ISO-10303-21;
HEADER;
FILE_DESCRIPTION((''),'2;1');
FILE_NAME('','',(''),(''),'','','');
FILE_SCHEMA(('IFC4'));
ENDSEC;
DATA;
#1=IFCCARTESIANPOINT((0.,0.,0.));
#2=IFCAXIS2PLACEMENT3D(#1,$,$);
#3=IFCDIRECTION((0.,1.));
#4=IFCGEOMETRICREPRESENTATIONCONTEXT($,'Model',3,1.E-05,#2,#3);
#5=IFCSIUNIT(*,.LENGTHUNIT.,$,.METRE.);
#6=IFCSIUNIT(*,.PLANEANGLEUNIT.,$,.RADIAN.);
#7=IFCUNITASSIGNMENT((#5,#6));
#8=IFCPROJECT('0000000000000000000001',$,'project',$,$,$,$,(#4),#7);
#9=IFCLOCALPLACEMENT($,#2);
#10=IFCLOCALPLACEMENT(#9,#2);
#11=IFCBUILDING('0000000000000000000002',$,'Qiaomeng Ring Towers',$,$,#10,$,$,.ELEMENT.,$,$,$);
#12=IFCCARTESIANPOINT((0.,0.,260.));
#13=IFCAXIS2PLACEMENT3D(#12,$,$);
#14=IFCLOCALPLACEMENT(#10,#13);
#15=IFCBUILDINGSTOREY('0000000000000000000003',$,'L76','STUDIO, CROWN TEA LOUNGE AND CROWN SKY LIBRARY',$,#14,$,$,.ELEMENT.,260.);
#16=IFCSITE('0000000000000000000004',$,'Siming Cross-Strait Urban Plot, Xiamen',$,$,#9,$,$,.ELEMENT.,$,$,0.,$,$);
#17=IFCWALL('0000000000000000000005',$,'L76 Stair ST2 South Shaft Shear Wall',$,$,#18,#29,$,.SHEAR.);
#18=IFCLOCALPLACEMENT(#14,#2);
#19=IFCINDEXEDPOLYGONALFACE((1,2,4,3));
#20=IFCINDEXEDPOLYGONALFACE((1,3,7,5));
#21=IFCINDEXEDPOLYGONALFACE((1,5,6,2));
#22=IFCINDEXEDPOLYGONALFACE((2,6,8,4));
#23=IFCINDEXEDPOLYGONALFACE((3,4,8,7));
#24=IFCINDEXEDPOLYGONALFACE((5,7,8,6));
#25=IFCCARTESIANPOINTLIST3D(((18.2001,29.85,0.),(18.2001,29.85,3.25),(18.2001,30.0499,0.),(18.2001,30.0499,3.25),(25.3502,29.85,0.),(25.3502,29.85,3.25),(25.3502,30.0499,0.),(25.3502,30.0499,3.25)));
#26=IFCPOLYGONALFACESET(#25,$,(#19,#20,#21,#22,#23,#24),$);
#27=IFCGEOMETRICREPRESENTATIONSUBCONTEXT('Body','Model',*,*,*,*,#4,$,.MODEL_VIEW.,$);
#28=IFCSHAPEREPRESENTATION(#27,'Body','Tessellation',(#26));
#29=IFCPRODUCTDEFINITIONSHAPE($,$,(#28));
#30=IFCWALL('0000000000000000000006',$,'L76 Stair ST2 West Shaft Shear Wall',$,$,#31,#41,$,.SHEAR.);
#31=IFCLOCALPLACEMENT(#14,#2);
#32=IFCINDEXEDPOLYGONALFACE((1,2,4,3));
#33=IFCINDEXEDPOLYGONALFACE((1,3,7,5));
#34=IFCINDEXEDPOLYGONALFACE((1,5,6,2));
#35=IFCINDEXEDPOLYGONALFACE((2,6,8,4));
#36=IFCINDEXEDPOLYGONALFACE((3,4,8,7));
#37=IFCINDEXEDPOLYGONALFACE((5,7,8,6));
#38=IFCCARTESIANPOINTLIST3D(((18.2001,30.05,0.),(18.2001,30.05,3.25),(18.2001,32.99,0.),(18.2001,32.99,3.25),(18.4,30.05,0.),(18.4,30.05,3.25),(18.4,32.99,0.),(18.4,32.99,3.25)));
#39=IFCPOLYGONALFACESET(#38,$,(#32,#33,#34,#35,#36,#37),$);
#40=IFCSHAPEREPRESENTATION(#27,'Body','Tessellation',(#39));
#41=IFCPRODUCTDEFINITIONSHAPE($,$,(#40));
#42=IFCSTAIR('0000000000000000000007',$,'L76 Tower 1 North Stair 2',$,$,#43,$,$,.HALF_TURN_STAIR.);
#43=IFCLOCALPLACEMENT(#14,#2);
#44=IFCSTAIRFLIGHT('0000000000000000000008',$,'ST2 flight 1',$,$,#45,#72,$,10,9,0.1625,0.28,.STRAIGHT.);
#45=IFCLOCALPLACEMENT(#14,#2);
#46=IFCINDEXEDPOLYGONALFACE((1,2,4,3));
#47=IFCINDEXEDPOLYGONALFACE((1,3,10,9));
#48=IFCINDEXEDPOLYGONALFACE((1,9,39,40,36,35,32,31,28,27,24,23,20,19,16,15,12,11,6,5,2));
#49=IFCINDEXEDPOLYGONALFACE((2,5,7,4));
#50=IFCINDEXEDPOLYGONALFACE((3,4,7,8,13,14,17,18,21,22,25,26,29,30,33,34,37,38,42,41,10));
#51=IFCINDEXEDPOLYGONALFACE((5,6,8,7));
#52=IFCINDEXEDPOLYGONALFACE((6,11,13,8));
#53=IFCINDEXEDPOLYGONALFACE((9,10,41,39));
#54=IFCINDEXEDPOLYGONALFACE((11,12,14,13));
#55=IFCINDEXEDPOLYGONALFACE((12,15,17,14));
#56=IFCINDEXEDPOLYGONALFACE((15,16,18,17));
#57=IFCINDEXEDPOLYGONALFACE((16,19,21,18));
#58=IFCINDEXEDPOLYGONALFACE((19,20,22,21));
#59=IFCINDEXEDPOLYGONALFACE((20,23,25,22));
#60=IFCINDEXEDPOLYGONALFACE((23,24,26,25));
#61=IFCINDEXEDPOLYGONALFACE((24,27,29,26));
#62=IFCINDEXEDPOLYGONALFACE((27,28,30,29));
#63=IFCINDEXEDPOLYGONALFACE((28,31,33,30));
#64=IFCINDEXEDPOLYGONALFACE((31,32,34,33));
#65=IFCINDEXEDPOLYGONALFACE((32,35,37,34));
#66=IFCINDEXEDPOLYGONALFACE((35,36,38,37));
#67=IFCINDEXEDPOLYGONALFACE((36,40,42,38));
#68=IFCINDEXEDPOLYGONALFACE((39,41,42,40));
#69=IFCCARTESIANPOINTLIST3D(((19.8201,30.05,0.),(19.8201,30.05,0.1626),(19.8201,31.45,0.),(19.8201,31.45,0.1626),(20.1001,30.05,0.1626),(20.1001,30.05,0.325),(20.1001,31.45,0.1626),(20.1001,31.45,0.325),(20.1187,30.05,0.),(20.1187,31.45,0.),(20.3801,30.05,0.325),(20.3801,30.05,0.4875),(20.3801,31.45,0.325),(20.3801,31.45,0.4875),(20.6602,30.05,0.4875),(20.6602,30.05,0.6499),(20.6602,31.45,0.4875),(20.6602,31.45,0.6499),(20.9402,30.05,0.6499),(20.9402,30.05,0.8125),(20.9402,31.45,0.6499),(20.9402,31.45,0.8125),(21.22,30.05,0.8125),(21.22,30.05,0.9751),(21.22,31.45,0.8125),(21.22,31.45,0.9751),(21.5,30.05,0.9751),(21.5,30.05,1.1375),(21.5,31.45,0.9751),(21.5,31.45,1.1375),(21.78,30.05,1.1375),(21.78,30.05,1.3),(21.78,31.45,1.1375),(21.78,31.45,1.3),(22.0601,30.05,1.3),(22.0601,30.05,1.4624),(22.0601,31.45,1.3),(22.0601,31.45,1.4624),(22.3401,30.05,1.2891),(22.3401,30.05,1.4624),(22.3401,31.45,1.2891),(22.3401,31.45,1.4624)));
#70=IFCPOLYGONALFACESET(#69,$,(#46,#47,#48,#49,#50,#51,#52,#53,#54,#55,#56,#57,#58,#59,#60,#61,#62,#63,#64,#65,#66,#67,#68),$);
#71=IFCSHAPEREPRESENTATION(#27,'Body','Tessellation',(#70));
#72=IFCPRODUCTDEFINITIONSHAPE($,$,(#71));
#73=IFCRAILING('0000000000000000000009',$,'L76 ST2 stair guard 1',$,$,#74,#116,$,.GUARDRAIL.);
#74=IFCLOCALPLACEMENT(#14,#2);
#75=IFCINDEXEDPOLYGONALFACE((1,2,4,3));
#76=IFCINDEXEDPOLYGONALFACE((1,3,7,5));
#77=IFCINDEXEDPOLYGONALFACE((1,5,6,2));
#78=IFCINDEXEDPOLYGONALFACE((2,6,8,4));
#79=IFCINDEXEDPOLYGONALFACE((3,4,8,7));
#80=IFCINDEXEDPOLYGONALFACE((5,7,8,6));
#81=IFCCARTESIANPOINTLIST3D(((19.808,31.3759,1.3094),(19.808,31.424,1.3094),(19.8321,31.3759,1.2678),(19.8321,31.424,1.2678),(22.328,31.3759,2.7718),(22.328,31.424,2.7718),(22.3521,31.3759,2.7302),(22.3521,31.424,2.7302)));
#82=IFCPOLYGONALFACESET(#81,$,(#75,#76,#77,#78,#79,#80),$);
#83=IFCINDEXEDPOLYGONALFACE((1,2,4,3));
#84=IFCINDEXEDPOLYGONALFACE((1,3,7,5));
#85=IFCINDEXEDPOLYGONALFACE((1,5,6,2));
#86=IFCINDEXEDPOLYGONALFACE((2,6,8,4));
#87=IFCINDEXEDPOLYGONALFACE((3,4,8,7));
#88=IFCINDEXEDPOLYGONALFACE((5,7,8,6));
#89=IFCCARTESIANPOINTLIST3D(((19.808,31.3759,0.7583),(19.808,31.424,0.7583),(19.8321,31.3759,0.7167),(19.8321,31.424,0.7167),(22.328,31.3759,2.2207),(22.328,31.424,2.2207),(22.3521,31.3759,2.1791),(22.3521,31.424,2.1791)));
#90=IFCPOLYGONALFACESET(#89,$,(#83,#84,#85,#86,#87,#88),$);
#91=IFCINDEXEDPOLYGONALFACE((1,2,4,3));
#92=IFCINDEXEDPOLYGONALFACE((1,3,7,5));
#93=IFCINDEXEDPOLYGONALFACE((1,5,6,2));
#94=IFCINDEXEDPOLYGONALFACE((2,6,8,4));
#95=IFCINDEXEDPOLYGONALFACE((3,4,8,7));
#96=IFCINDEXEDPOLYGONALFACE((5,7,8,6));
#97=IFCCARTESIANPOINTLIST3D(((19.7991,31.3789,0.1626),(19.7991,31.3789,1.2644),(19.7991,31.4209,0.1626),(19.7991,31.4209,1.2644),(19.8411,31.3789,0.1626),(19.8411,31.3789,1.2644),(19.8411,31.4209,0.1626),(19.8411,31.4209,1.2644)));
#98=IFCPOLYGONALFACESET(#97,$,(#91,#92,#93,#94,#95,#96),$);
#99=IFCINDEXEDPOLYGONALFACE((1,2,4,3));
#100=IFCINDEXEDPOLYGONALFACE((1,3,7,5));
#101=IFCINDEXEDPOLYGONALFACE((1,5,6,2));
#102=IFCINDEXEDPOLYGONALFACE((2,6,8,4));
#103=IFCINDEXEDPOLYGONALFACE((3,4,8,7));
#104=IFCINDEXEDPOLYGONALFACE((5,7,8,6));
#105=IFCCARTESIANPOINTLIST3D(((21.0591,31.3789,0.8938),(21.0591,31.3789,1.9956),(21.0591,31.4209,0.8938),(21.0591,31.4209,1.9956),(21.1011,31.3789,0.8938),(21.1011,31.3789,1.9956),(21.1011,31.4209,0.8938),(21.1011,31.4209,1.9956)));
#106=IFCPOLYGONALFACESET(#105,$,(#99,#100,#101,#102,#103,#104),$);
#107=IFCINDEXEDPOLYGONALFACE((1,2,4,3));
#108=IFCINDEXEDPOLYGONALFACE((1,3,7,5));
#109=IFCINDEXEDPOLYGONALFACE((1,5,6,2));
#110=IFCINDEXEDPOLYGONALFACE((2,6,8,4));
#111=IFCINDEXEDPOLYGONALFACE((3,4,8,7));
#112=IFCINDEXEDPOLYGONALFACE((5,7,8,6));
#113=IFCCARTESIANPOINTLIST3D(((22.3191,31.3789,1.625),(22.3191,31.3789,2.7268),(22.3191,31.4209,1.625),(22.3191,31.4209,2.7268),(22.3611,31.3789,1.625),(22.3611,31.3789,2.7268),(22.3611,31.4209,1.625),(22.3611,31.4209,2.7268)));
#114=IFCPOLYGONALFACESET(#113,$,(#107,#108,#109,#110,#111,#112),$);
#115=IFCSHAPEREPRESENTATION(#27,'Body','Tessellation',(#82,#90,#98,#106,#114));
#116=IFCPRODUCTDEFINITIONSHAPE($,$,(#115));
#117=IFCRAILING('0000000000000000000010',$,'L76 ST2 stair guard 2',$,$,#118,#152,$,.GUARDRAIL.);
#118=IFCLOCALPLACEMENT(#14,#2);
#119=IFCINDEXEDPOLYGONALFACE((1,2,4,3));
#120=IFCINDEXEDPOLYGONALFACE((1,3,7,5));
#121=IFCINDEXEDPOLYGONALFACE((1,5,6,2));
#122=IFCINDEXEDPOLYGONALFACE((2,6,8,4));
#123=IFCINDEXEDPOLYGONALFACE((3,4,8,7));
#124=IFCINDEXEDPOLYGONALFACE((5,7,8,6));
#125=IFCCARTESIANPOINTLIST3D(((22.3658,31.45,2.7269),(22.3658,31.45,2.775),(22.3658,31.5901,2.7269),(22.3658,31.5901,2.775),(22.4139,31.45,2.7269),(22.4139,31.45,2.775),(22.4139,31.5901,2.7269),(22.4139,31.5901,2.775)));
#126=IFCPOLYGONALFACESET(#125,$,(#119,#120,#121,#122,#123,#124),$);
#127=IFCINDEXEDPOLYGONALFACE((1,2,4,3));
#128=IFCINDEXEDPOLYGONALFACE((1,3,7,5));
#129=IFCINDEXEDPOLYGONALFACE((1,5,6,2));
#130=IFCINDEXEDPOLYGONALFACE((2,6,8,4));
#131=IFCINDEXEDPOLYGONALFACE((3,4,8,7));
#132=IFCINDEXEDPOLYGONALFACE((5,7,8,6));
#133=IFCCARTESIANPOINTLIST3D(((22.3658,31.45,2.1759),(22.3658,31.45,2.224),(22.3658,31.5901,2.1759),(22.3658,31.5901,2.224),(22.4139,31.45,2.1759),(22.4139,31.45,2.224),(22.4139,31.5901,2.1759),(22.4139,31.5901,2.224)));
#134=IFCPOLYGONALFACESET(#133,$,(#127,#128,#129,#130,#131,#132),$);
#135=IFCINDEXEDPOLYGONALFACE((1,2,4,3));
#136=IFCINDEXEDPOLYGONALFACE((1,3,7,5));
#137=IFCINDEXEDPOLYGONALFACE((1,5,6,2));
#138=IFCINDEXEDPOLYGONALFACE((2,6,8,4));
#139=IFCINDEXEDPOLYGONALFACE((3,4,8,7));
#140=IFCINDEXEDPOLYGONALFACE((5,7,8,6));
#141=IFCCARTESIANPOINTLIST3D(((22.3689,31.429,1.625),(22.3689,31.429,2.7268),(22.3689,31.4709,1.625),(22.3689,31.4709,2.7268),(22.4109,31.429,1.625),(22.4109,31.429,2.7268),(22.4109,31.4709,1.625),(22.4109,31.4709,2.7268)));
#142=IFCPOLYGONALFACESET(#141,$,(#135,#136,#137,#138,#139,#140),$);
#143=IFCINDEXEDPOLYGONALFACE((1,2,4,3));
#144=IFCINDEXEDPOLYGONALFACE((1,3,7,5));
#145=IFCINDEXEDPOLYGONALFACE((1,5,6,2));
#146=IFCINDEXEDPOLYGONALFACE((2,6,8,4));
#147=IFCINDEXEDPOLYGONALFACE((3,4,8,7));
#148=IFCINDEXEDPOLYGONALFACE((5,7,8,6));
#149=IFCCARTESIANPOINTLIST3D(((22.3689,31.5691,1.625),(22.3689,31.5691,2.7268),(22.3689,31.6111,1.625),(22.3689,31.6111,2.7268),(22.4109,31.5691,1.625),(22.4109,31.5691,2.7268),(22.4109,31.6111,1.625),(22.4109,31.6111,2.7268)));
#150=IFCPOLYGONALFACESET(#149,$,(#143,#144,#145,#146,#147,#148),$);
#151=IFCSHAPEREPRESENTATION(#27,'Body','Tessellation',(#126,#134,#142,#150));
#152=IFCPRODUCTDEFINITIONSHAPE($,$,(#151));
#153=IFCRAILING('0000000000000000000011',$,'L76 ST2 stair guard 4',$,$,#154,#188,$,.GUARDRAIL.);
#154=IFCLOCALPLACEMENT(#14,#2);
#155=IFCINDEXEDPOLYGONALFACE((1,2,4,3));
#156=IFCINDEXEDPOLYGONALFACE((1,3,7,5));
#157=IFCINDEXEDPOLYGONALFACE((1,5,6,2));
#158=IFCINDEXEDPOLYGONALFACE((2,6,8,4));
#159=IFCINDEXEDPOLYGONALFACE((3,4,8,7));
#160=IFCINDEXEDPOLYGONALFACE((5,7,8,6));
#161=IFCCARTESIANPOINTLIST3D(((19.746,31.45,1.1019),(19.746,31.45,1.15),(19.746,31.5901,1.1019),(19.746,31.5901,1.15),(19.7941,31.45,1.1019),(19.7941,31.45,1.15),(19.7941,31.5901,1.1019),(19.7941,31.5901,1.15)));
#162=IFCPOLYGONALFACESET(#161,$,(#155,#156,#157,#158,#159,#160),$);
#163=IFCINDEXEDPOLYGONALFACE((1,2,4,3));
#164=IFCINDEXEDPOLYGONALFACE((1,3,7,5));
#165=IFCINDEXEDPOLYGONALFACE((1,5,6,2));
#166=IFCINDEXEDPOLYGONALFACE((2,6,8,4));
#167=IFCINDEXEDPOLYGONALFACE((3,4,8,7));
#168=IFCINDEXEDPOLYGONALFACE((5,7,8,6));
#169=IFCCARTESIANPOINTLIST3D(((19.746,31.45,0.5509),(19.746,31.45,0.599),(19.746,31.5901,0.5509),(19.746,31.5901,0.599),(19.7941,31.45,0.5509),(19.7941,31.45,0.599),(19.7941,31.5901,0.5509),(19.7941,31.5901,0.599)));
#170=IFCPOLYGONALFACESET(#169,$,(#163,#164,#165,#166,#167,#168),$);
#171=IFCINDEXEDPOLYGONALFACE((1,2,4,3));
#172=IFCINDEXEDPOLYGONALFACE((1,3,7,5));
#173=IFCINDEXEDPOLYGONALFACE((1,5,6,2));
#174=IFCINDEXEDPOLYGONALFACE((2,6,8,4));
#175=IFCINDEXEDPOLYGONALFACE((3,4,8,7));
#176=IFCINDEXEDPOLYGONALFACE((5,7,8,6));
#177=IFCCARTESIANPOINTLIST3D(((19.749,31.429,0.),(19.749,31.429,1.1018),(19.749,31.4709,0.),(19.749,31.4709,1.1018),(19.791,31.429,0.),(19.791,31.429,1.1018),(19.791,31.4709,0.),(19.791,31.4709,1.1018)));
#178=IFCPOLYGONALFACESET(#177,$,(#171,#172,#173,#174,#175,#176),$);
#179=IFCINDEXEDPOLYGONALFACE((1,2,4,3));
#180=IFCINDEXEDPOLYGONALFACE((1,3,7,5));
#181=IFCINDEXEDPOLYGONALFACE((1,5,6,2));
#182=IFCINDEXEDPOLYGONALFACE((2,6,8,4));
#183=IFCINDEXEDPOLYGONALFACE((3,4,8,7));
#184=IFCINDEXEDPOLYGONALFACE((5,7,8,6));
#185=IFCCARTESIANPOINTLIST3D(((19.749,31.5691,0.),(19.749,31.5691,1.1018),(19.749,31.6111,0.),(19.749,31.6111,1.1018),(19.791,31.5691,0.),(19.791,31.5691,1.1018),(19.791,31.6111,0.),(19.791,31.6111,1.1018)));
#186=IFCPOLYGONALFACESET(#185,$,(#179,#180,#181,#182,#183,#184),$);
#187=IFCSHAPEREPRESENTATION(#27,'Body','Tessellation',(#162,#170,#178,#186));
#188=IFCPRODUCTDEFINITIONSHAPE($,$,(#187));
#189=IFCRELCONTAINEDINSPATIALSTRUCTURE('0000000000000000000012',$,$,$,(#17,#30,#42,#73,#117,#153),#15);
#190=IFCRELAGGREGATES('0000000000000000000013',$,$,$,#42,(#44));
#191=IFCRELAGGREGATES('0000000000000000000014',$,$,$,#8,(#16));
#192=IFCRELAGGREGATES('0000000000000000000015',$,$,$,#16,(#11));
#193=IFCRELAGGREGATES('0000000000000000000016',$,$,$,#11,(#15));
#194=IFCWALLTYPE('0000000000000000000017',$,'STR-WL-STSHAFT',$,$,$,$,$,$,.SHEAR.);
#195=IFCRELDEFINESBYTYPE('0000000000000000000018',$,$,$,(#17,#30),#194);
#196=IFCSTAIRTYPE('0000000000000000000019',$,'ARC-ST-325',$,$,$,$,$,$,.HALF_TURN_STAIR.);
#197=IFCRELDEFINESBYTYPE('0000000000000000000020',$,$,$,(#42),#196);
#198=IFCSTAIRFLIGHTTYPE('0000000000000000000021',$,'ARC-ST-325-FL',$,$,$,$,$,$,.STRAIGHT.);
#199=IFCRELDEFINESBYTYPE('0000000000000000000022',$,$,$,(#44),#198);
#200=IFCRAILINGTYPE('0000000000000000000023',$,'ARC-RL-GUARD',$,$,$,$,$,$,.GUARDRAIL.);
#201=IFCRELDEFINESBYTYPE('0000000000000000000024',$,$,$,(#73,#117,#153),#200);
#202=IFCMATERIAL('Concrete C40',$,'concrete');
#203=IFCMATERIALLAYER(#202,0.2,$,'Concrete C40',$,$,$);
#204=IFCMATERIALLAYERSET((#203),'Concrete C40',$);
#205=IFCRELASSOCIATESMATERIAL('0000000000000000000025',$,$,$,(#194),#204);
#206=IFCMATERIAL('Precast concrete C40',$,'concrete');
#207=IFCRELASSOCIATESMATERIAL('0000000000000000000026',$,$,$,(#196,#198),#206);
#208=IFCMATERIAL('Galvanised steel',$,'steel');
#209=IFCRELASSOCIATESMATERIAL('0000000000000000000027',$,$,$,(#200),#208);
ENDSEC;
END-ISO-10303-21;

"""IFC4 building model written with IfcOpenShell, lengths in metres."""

from ifc_helpers import new_model, si_unit, direction, frame, frame_2d, origin, origin_2d, place, context, subcontext, project, spatial, polyline, rectangle, outline, extrude, source, transform, mapped, material, layer, layer_set, type_object, element, aggregate, save


model = new_model("IFC4")

# Units and contexts
model_context = context("Model", 3, precision=1e-05, world=origin(), true_north=direction((0.0, 1.0)))
body_context = subcontext(model_context, "Body", "Model", "MODEL_VIEW")
ifc_project = project(units=[si_unit("LENGTHUNIT", "METRE"), si_unit("PLANEANGLEUNIT", "RADIAN")], contexts=[model_context])

# Site, building, storey
site_placement = place(None, origin())
site = spatial("IfcSite", under=ifc_project, at=site_placement, Name="Siming Cross-Strait Urban Plot, Xiamen", CompositionType="ELEMENT", RefElevation=0.0)
building_placement = place(site_placement, origin())
building = spatial("IfcBuilding", under=site, at=building_placement, Name="Qiaomeng Ring Towers", CompositionType="ELEMENT")
storey_placement = place(building_placement, frame((0.0, 0.0, 260.0)))
storey = spatial("IfcBuildingStorey", under=building, at=storey_placement, Name="L76", Description="STUDIO, CROWN TEA LOUNGE AND CROWN SKY LIBRARY", CompositionType="ELEMENT", Elevation=260.0)

# Walls
ifc_material_1 = material(Name="Concrete C40", Category="concrete")
ifc_layer_1 = layer(ifc_material_1, 0.2, Name="Concrete C40")
ifc_layer_set_1 = layer_set([ifc_layer_1], Name="Concrete C40")
wall_type = type_object("IfcWallType", Name="STR-WL-STSHAFT", PredefinedType="SHEAR", material=ifc_layer_set_1)
wall_1_placement = place(storey_placement, frame((18.2, 29.95, 0.0), z_axis=(0.0, 0.0, 1.0), x_axis=(1.0, 0.0, 0.0)))
element("IfcWall", 1, at=wall_1_placement, inside=storey, type_object=wall_type, Name="L76 Stair ST2 South Shaft Shear Wall", PredefinedType="SHEAR", context=body_context, shape_type="SweptSolid", body=[
    extrude(rectangle(XDim=7.1501, YDim=0.2, at=frame_2d((3.5752, 0.0))), origin(), (0.0, 0.0, 1.0), 3.25),
])
wall_2_placement = place(storey_placement, frame((18.3, 30.05, 0.0), z_axis=(0.0, 0.0, 1.0), x_axis=(0.0, 1.0, 0.0)))
element("IfcWall", 2, at=wall_2_placement, inside=storey, type_object=wall_type, Name="L76 Stair ST2 West Shaft Shear Wall", PredefinedType="SHEAR", context=body_context, shape_type="SweptSolid", body=[
    extrude(rectangle(XDim=2.9399, YDim=0.2, at=frame_2d((1.47, 0.0))), origin(), (0.0, 0.0, 1.0), 3.25),
])

# Stair, stair flight
ifc_material_2 = material(Name="Precast concrete C40", Category="concrete")
stair_type = type_object("IfcStairType", Name="ARC-ST-325", PredefinedType="HALF_TURN_STAIR", material=ifc_material_2)
stair_placement = place(storey_placement, origin())
stair = element("IfcStair", 3, at=stair_placement, inside=storey, type_object=stair_type, Name="L76 Tower 1 North Stair 2", PredefinedType="HALF_TURN_STAIR")
stair_flight_type = type_object("IfcStairFlightType", Name="ARC-ST-325-FL", PredefinedType="STRAIGHT", material=ifc_material_2)
shared_shape_1 = source(origin(), body_context, "Body", "SweptSolid", [
    extrude(outline(polyline([(0.0, 0.0), (0.0, 0.1626), (0.28, 0.1626), (0.28, 0.325), (0.5601, 0.325), (0.5601, 0.4875), (0.8401, 0.4875), (0.8401, 0.6499), (1.1201, 0.6499), (1.1201, 0.8125), (1.3999, 0.8125), (1.3999, 0.9751), (1.6799, 0.9751), (1.6799, 1.1375), (1.96, 1.1375), (1.96, 1.3), (2.24, 1.3), (2.24, 1.4624), (2.52, 1.4624), (2.52, 1.625), (2.52, 1.2891), (0.2986, 0.0), (0.0, 0.0)])), frame((0.0, 0.7, 0.0), z_axis=(0.0, -1.0, 0.0), x_axis=(1.0, 0.0, 0.0)), (0.0, 0.0, 1.0), 1.3999),
])
stair_flight_placement = place(storey_placement, frame((19.8201, 30.75, 0.0), z_axis=(0.0, 0.0, 1.0), x_axis=(1.0, 0.0, 0.0)))
stair_flight = element("IfcStairFlight", 4, at=stair_flight_placement, type_object=stair_flight_type, Name="ST2 flight 1", NumberOfRisers=10, NumberOfTreads=9, PredefinedType="STRAIGHT", RiserHeight=0.1625, TreadLength=0.28, context=body_context, shape_type="MappedRepresentation", body=[
    mapped(shared_shape_1, transform((0.0, 0.0, 0.0), x_axis=(1.0, 0.0, 0.0), y_axis=(0.0, 1.0, 0.0), z_axis=(0.0, 0.0, 1.0), scale=1.0)),
])
aggregate(stair, [stair_flight])

# Railings
ifc_material_3 = material(Name="Galvanised steel", Category="steel")
railing_type_1 = type_object("IfcRailingType", Name="ARC-RL-GUARD", PredefinedType="GUARDRAIL", material=ifc_material_3)
railing_1_placement = place(storey_placement, frame((19.8201, 31.3999, 0.1626)))
element("IfcRailing", 5, at=railing_1_placement, inside=storey, type_object=railing_type_1, Name="L76 ST2 stair guard 1", PredefinedType="GUARDRAIL", context=body_context, shape_type="SweptSolid", body=[
    extrude(rectangle(XDim=0.0481, YDim=0.0481, at=origin_2d()), frame((0.0, 0.0, 1.126), z_axis=(0.864913, 0.0, 0.501921), x_axis=(0.0, 1.0, 0.0)), (0.0, 0.0, 1.0), 2.9136),
    extrude(rectangle(XDim=0.0481, YDim=0.0481, at=origin_2d()), frame((0.0, 0.0, 0.575), z_axis=(0.864913, 0.0, 0.501921), x_axis=(0.0, 1.0, 0.0)), (0.0, 0.0, 1.0), 2.9136),
    extrude(rectangle(XDim=0.042, YDim=0.042, at=origin_2d()), origin(), (0.0, 0.0, 1.0), 1.1018),
    extrude(rectangle(XDim=0.042, YDim=0.042, at=origin_2d()), frame((1.26, 0.0, 0.7312)), (0.0, 0.0, 1.0), 1.1018),
    extrude(rectangle(XDim=0.042, YDim=0.042, at=origin_2d()), frame((2.52, 0.0, 1.4624)), (0.0, 0.0, 1.0), 1.1018),
])
for number, where, name in (
    (6, (22.3899, 31.45, 1.625), "L76 ST2 stair guard 2"),
    (7, (19.77, 31.45, 0.0), "L76 ST2 stair guard 4"),
):
    element("IfcRailing", number, at=place(storey_placement, frame(where)), inside=storey, type_object=railing_type_1, Name=name, PredefinedType="GUARDRAIL", context=body_context, shape_type="SweptSolid", body=[
        extrude(rectangle(XDim=0.0481, YDim=0.0481, at=origin_2d()), frame((0.0, 0.0, 1.126), z_axis=(0.0, 1.0, 0.0), x_axis=(-1.0, 0.0, 0.0)), (0.0, 0.0, 1.0), 0.1401),
        extrude(rectangle(XDim=0.0481, YDim=0.0481, at=origin_2d()), frame((0.0, 0.0, 0.575), z_axis=(0.0, 1.0, 0.0), x_axis=(-1.0, 0.0, 0.0)), (0.0, 0.0, 1.0), 0.1401),
        extrude(rectangle(XDim=0.042, YDim=0.042, at=origin_2d()), origin(), (0.0, 0.0, 1.0), 1.1018),
        extrude(rectangle(XDim=0.042, YDim=0.042, at=origin_2d()), frame((0.0, 0.1401, 0.0)), (0.0, 0.0, 1.0), 1.1018),
    ])

save(model, "model.ifc")
